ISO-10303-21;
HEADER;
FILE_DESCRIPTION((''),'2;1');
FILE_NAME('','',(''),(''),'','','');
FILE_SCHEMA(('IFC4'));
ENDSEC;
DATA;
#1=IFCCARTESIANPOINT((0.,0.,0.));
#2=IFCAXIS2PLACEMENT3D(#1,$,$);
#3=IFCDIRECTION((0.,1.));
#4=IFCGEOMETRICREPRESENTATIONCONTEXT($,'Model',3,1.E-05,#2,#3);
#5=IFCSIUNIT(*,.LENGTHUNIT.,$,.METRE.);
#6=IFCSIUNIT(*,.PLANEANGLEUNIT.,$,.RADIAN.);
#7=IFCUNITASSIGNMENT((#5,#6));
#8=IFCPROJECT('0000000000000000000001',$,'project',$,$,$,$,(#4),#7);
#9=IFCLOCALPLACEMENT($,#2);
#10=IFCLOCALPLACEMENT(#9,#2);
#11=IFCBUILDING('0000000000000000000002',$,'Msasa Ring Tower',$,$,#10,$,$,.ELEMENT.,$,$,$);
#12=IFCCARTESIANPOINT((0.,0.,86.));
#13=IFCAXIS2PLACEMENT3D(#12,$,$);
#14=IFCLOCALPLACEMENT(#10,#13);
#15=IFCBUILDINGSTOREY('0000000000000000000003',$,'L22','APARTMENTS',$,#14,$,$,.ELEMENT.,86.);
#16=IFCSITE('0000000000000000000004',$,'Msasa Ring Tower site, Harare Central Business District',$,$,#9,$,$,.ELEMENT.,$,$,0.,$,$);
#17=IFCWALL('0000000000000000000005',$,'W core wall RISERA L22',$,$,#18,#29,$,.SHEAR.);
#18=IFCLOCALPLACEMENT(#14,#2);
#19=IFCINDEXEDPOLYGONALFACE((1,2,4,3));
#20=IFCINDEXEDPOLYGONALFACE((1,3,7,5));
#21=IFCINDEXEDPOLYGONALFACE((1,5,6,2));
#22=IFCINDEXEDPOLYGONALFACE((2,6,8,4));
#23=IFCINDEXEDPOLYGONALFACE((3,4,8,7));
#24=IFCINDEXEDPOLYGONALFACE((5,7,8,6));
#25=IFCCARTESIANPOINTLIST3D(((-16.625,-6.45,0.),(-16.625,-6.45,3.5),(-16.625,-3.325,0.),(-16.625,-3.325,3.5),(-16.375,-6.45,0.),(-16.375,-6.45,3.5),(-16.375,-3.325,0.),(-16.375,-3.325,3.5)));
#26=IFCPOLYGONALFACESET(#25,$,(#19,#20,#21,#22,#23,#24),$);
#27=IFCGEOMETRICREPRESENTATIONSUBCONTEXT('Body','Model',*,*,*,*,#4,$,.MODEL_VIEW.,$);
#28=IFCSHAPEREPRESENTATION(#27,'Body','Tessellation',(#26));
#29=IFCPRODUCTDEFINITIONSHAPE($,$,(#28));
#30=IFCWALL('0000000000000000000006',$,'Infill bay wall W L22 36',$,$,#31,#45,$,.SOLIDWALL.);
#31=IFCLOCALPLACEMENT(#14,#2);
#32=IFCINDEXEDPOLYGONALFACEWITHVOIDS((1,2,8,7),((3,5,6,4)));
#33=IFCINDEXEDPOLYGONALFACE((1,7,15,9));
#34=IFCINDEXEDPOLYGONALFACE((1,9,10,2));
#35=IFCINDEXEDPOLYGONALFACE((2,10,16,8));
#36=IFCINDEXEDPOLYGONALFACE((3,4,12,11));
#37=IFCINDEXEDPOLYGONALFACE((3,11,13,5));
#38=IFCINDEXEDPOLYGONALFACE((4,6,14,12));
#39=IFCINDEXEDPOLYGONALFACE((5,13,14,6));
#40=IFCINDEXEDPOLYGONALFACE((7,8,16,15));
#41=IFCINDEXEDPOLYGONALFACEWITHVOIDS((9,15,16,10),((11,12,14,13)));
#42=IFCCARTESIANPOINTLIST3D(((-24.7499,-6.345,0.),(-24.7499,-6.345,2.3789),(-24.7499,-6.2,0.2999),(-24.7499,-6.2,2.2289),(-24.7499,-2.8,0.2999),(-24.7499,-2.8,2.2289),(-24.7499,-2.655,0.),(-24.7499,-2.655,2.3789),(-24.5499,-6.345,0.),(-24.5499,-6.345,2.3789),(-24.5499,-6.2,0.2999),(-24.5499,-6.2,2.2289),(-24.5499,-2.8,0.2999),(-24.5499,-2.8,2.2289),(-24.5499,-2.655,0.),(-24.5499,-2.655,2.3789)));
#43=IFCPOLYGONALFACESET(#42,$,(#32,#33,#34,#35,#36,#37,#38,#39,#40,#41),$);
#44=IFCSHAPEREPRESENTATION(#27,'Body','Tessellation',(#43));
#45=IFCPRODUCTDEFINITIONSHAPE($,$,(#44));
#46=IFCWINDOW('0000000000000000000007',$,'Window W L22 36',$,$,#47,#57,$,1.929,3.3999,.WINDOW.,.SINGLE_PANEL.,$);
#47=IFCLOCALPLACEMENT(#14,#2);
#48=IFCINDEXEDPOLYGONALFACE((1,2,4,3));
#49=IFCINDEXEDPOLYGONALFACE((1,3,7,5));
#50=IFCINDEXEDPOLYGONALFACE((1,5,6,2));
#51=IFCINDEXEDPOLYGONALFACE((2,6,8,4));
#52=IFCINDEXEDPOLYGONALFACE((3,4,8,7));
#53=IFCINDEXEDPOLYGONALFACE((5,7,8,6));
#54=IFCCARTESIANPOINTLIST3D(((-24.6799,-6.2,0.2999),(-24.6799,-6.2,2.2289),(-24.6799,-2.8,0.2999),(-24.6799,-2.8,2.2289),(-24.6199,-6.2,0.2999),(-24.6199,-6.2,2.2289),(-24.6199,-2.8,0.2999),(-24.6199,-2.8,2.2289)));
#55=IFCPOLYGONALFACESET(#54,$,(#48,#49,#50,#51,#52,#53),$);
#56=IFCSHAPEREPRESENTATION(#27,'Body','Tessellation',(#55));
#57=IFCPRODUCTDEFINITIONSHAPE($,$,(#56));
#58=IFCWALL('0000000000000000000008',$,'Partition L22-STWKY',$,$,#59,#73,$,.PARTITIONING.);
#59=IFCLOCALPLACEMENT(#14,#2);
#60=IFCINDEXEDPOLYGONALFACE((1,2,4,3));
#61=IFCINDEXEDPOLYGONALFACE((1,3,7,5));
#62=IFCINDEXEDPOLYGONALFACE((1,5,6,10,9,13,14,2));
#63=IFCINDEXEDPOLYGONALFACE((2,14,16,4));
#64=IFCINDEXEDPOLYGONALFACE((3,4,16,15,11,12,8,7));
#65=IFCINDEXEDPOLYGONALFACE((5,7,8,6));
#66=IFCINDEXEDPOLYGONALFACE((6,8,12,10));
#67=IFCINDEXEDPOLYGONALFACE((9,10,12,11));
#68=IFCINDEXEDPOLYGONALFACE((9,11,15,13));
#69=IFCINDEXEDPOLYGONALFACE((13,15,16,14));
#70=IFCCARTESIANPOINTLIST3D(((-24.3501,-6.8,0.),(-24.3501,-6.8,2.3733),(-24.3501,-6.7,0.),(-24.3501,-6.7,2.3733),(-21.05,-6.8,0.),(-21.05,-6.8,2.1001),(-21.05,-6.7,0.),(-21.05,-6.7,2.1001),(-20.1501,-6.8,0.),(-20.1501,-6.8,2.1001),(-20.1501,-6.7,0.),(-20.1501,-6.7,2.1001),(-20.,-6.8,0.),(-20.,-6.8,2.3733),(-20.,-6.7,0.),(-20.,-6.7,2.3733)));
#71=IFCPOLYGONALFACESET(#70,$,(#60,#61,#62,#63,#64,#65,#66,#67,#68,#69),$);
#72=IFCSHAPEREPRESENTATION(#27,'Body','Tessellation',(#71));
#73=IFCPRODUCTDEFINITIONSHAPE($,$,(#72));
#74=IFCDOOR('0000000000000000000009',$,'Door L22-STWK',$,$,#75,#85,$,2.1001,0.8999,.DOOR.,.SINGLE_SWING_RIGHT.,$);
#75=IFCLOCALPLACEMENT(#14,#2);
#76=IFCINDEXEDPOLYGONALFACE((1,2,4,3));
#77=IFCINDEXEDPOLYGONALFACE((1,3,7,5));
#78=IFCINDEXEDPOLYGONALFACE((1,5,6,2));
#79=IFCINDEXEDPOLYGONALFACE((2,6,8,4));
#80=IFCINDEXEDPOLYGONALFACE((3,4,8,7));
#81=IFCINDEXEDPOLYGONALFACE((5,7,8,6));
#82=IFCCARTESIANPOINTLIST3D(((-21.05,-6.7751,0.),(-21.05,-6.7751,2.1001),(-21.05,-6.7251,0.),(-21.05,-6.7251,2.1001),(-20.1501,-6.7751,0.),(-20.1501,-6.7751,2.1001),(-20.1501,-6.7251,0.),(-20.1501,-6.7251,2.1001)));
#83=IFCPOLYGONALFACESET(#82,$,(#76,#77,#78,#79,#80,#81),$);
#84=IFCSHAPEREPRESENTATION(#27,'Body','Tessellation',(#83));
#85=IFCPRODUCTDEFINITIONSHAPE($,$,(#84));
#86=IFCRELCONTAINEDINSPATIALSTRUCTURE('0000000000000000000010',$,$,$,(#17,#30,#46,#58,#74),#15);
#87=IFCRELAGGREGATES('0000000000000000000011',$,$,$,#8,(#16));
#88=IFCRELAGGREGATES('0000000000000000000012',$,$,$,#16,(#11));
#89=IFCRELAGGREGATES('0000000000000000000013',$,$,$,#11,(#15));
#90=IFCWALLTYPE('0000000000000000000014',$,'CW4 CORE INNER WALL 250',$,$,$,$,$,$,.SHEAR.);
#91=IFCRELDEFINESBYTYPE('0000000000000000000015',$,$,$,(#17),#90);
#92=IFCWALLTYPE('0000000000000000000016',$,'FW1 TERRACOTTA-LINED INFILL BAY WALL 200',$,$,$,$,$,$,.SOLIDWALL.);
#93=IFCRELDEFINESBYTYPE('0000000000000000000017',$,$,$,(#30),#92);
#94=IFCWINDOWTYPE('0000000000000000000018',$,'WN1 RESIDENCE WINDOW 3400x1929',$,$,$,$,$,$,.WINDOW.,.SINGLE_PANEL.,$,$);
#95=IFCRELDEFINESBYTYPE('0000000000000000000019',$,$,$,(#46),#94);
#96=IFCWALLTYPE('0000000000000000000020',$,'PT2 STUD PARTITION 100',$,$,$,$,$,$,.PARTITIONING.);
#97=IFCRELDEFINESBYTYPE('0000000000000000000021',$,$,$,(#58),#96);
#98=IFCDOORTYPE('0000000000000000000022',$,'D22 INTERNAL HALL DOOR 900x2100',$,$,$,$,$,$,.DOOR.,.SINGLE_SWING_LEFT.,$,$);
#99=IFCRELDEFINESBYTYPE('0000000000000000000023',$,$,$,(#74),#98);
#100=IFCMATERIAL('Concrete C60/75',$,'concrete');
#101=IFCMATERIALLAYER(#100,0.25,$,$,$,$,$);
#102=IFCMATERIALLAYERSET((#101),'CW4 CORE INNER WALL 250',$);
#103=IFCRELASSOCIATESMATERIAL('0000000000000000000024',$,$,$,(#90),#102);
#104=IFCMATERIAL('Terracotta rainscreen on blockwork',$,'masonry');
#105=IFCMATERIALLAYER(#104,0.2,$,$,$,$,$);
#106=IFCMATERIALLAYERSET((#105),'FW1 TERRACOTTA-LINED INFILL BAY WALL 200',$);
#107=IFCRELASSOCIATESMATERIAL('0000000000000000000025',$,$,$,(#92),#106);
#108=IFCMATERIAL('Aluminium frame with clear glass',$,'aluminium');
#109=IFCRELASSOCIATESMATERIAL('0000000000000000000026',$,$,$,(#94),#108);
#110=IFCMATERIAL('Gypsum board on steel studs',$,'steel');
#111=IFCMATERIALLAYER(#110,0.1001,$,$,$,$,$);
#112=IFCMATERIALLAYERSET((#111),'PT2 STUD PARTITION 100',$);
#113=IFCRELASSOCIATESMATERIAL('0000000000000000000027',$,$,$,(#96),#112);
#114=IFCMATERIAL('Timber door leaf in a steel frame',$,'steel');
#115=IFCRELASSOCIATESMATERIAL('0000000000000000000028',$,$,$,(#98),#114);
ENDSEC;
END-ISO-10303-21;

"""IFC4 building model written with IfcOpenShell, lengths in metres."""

from ifc_helpers import new_model, si_unit, direction, frame, frame_2d, origin, place, context, subcontext, project, spatial, rectangle, extrude, material, layer, layer_set, type_object, element, fill, save


model = new_model("IFC4")

# Units and contexts
model_context = context("Model", 3, precision=1e-05, world=origin(), true_north=direction((0.0, 1.0)))
body_context = subcontext(model_context, "Body", "Model", "MODEL_VIEW")
ifc_project = project(units=[si_unit("LENGTHUNIT", "METRE"), si_unit("PLANEANGLEUNIT", "RADIAN")], contexts=[model_context])

# Site, building, storey
site_placement = place(None, origin())
site = spatial("IfcSite", under=ifc_project, at=site_placement, Name="Msasa Ring Tower site, Harare Central Business District", CompositionType="ELEMENT", RefElevation=0.0)
building_placement = place(site_placement, origin())
building = spatial("IfcBuilding", under=site, at=building_placement, Name="Msasa Ring Tower", CompositionType="ELEMENT")
storey_placement = place(building_placement, frame((0.0, 0.0, 86.0)))
storey = spatial("IfcBuildingStorey", under=building, at=storey_placement, Name="L22", Description="APARTMENTS", CompositionType="ELEMENT", Elevation=86.0)

# Wall
ifc_material_1 = material(Name="Concrete C60/75", Category="concrete")
ifc_layer_1 = layer(ifc_material_1, 0.25)
ifc_layer_set_1 = layer_set([ifc_layer_1], Name="CW4 CORE INNER WALL 250")
wall_type_1 = type_object("IfcWallType", Name="CW4 CORE INNER WALL 250", PredefinedType="SHEAR", material=ifc_layer_set_1)
wall_1_placement = place(storey_placement, frame((-16.5, -6.45, 0.0), z_axis=(0.0, 0.0, 1.0), x_axis=(0.0, 1.0, 0.0)))
element("IfcWall", 1, at=wall_1_placement, inside=storey, type_object=wall_type_1, Name="W core wall RISERA L22", PredefinedType="SHEAR", context=body_context, shape_type="SweptSolid", body=[
    extrude(rectangle(XDim=3.125, YDim=0.25, at=frame_2d((1.5625, 0.0))), origin(), (0.0, 0.0, 1.0), 3.5),
])

# Wall, opening, window
ifc_material_2 = material(Name="Terracotta rainscreen on blockwork", Category="masonry")
ifc_layer_2 = layer(ifc_material_2, 0.2)
ifc_layer_set_2 = layer_set([ifc_layer_2], Name="FW1 TERRACOTTA-LINED INFILL BAY WALL 200")
wall_type_2 = type_object("IfcWallType", Name="FW1 TERRACOTTA-LINED INFILL BAY WALL 200", PredefinedType="SOLIDWALL", material=ifc_layer_set_2)
wall_2_placement = place(storey_placement, frame((-24.6499, -6.345, 0.0), z_axis=(0.0, 0.0, 1.0), x_axis=(0.0, 1.0, 0.0)))
wall_2 = element("IfcWall", 2, at=wall_2_placement, inside=storey, type_object=wall_type_2, Name="Infill bay wall W L22 36", PredefinedType="SOLIDWALL", context=body_context, shape_type="SweptSolid", body=[
    extrude(rectangle(XDim=3.6899, YDim=0.2, at=frame_2d((1.845, 0.0))), origin(), (0.0, 0.0, 1.0), 2.3789),
])
opening_1_placement = place(wall_2_placement, frame((0.145, 0.0, 0.3)))
opening_1 = element("IfcOpeningElement", 3, at=opening_1_placement, cuts=wall_2, PredefinedType="OPENING", context=body_context, shape_type="SweptSolid", body=[
    extrude(rectangle(XDim=3.3999, YDim=1.929, at=frame_2d((1.7, 0.9644))), frame((0.0, 0.1099, 0.0), z_axis=(0.0, -1.0, 0.0), x_axis=(1.0, 0.0, 0.0)), (0.0, 0.0, 1.0), 0.22),
])
ifc_material_3 = material(Name="Aluminium frame with clear glass", Category="aluminium")
window_type = type_object("IfcWindowType", Name="WN1 RESIDENCE WINDOW 3400x1929", PartitioningType="SINGLE_PANEL", PredefinedType="WINDOW", material=ifc_material_3)
window_placement = place(opening_1_placement, origin())
window = element("IfcWindow", 4, at=window_placement, inside=storey, type_object=window_type, Name="Window W L22 36", OverallHeight=1.929, OverallWidth=3.3999, PartitioningType="SINGLE_PANEL", PredefinedType="WINDOW", context=body_context, shape_type="SweptSolid", body=[
    extrude(rectangle(XDim=3.3999, YDim=1.929, at=frame_2d((1.7, 0.9644))), frame((0.0, 0.03, 0.0), z_axis=(0.0, -1.0, 0.0), x_axis=(1.0, 0.0, 0.0)), (0.0, 0.0, 1.0), 0.0601),
])
fill(opening_1, window)

# Wall, opening, door
ifc_material_4 = material(Name="Gypsum board on steel studs", Category="steel")
ifc_layer_3 = layer(ifc_material_4, 0.1001)
ifc_layer_set_3 = layer_set([ifc_layer_3], Name="PT2 STUD PARTITION 100")
wall_type_3 = type_object("IfcWallType", Name="PT2 STUD PARTITION 100", PredefinedType="PARTITIONING", material=ifc_layer_set_3)
wall_3_placement = place(storey_placement, frame((-24.3501, -6.75, 0.0), z_axis=(0.0, 0.0, 1.0), x_axis=(1.0, 0.0, 0.0)))
wall_3 = element("IfcWall", 5, at=wall_3_placement, inside=storey, type_object=wall_type_3, Name="Partition L22-STWKY", PredefinedType="PARTITIONING", context=body_context, shape_type="SweptSolid", body=[
    extrude(rectangle(XDim=4.3501, YDim=0.1001, at=frame_2d((2.175, 0.0))), origin(), (0.0, 0.0, 1.0), 2.3733),
])
opening_2_placement = place(wall_3_placement, frame((3.3, 0.0, 0.0)))
opening_2 = element("IfcOpeningElement", 6, at=opening_2_placement, cuts=wall_3, PredefinedType="OPENING", context=body_context, shape_type="SweptSolid", body=[
    extrude(rectangle(XDim=0.8999, YDim=2.1001, at=frame_2d((0.45, 1.05))), frame((0.0, 0.0601, 0.0), z_axis=(0.0, -1.0, 0.0), x_axis=(1.0, 0.0, 0.0)), (0.0, 0.0, 1.0), 0.1201),
])
ifc_material_5 = material(Name="Timber door leaf in a steel frame", Category="steel")
door_type = type_object("IfcDoorType", Name="D22 INTERNAL HALL DOOR 900x2100", OperationType="SINGLE_SWING_LEFT", PredefinedType="DOOR", material=ifc_material_5)
door_placement = place(opening_2_placement, origin())
door = element("IfcDoor", 7, at=door_placement, inside=storey, type_object=door_type, Name="Door L22-STWK", OperationType="SINGLE_SWING_RIGHT", OverallHeight=2.1001, OverallWidth=0.8999, PredefinedType="DOOR", context=body_context, shape_type="SweptSolid", body=[
    extrude(rectangle(XDim=0.8999, YDim=2.1001, at=frame_2d((0.45, 1.05))), frame((0.0, 0.0249, 0.0), z_axis=(0.0, -1.0, 0.0), x_axis=(1.0, 0.0, 0.0)), (0.0, 0.0, 1.0), 0.05),
])
fill(opening_2, door)

save(model, "model.ifc")
